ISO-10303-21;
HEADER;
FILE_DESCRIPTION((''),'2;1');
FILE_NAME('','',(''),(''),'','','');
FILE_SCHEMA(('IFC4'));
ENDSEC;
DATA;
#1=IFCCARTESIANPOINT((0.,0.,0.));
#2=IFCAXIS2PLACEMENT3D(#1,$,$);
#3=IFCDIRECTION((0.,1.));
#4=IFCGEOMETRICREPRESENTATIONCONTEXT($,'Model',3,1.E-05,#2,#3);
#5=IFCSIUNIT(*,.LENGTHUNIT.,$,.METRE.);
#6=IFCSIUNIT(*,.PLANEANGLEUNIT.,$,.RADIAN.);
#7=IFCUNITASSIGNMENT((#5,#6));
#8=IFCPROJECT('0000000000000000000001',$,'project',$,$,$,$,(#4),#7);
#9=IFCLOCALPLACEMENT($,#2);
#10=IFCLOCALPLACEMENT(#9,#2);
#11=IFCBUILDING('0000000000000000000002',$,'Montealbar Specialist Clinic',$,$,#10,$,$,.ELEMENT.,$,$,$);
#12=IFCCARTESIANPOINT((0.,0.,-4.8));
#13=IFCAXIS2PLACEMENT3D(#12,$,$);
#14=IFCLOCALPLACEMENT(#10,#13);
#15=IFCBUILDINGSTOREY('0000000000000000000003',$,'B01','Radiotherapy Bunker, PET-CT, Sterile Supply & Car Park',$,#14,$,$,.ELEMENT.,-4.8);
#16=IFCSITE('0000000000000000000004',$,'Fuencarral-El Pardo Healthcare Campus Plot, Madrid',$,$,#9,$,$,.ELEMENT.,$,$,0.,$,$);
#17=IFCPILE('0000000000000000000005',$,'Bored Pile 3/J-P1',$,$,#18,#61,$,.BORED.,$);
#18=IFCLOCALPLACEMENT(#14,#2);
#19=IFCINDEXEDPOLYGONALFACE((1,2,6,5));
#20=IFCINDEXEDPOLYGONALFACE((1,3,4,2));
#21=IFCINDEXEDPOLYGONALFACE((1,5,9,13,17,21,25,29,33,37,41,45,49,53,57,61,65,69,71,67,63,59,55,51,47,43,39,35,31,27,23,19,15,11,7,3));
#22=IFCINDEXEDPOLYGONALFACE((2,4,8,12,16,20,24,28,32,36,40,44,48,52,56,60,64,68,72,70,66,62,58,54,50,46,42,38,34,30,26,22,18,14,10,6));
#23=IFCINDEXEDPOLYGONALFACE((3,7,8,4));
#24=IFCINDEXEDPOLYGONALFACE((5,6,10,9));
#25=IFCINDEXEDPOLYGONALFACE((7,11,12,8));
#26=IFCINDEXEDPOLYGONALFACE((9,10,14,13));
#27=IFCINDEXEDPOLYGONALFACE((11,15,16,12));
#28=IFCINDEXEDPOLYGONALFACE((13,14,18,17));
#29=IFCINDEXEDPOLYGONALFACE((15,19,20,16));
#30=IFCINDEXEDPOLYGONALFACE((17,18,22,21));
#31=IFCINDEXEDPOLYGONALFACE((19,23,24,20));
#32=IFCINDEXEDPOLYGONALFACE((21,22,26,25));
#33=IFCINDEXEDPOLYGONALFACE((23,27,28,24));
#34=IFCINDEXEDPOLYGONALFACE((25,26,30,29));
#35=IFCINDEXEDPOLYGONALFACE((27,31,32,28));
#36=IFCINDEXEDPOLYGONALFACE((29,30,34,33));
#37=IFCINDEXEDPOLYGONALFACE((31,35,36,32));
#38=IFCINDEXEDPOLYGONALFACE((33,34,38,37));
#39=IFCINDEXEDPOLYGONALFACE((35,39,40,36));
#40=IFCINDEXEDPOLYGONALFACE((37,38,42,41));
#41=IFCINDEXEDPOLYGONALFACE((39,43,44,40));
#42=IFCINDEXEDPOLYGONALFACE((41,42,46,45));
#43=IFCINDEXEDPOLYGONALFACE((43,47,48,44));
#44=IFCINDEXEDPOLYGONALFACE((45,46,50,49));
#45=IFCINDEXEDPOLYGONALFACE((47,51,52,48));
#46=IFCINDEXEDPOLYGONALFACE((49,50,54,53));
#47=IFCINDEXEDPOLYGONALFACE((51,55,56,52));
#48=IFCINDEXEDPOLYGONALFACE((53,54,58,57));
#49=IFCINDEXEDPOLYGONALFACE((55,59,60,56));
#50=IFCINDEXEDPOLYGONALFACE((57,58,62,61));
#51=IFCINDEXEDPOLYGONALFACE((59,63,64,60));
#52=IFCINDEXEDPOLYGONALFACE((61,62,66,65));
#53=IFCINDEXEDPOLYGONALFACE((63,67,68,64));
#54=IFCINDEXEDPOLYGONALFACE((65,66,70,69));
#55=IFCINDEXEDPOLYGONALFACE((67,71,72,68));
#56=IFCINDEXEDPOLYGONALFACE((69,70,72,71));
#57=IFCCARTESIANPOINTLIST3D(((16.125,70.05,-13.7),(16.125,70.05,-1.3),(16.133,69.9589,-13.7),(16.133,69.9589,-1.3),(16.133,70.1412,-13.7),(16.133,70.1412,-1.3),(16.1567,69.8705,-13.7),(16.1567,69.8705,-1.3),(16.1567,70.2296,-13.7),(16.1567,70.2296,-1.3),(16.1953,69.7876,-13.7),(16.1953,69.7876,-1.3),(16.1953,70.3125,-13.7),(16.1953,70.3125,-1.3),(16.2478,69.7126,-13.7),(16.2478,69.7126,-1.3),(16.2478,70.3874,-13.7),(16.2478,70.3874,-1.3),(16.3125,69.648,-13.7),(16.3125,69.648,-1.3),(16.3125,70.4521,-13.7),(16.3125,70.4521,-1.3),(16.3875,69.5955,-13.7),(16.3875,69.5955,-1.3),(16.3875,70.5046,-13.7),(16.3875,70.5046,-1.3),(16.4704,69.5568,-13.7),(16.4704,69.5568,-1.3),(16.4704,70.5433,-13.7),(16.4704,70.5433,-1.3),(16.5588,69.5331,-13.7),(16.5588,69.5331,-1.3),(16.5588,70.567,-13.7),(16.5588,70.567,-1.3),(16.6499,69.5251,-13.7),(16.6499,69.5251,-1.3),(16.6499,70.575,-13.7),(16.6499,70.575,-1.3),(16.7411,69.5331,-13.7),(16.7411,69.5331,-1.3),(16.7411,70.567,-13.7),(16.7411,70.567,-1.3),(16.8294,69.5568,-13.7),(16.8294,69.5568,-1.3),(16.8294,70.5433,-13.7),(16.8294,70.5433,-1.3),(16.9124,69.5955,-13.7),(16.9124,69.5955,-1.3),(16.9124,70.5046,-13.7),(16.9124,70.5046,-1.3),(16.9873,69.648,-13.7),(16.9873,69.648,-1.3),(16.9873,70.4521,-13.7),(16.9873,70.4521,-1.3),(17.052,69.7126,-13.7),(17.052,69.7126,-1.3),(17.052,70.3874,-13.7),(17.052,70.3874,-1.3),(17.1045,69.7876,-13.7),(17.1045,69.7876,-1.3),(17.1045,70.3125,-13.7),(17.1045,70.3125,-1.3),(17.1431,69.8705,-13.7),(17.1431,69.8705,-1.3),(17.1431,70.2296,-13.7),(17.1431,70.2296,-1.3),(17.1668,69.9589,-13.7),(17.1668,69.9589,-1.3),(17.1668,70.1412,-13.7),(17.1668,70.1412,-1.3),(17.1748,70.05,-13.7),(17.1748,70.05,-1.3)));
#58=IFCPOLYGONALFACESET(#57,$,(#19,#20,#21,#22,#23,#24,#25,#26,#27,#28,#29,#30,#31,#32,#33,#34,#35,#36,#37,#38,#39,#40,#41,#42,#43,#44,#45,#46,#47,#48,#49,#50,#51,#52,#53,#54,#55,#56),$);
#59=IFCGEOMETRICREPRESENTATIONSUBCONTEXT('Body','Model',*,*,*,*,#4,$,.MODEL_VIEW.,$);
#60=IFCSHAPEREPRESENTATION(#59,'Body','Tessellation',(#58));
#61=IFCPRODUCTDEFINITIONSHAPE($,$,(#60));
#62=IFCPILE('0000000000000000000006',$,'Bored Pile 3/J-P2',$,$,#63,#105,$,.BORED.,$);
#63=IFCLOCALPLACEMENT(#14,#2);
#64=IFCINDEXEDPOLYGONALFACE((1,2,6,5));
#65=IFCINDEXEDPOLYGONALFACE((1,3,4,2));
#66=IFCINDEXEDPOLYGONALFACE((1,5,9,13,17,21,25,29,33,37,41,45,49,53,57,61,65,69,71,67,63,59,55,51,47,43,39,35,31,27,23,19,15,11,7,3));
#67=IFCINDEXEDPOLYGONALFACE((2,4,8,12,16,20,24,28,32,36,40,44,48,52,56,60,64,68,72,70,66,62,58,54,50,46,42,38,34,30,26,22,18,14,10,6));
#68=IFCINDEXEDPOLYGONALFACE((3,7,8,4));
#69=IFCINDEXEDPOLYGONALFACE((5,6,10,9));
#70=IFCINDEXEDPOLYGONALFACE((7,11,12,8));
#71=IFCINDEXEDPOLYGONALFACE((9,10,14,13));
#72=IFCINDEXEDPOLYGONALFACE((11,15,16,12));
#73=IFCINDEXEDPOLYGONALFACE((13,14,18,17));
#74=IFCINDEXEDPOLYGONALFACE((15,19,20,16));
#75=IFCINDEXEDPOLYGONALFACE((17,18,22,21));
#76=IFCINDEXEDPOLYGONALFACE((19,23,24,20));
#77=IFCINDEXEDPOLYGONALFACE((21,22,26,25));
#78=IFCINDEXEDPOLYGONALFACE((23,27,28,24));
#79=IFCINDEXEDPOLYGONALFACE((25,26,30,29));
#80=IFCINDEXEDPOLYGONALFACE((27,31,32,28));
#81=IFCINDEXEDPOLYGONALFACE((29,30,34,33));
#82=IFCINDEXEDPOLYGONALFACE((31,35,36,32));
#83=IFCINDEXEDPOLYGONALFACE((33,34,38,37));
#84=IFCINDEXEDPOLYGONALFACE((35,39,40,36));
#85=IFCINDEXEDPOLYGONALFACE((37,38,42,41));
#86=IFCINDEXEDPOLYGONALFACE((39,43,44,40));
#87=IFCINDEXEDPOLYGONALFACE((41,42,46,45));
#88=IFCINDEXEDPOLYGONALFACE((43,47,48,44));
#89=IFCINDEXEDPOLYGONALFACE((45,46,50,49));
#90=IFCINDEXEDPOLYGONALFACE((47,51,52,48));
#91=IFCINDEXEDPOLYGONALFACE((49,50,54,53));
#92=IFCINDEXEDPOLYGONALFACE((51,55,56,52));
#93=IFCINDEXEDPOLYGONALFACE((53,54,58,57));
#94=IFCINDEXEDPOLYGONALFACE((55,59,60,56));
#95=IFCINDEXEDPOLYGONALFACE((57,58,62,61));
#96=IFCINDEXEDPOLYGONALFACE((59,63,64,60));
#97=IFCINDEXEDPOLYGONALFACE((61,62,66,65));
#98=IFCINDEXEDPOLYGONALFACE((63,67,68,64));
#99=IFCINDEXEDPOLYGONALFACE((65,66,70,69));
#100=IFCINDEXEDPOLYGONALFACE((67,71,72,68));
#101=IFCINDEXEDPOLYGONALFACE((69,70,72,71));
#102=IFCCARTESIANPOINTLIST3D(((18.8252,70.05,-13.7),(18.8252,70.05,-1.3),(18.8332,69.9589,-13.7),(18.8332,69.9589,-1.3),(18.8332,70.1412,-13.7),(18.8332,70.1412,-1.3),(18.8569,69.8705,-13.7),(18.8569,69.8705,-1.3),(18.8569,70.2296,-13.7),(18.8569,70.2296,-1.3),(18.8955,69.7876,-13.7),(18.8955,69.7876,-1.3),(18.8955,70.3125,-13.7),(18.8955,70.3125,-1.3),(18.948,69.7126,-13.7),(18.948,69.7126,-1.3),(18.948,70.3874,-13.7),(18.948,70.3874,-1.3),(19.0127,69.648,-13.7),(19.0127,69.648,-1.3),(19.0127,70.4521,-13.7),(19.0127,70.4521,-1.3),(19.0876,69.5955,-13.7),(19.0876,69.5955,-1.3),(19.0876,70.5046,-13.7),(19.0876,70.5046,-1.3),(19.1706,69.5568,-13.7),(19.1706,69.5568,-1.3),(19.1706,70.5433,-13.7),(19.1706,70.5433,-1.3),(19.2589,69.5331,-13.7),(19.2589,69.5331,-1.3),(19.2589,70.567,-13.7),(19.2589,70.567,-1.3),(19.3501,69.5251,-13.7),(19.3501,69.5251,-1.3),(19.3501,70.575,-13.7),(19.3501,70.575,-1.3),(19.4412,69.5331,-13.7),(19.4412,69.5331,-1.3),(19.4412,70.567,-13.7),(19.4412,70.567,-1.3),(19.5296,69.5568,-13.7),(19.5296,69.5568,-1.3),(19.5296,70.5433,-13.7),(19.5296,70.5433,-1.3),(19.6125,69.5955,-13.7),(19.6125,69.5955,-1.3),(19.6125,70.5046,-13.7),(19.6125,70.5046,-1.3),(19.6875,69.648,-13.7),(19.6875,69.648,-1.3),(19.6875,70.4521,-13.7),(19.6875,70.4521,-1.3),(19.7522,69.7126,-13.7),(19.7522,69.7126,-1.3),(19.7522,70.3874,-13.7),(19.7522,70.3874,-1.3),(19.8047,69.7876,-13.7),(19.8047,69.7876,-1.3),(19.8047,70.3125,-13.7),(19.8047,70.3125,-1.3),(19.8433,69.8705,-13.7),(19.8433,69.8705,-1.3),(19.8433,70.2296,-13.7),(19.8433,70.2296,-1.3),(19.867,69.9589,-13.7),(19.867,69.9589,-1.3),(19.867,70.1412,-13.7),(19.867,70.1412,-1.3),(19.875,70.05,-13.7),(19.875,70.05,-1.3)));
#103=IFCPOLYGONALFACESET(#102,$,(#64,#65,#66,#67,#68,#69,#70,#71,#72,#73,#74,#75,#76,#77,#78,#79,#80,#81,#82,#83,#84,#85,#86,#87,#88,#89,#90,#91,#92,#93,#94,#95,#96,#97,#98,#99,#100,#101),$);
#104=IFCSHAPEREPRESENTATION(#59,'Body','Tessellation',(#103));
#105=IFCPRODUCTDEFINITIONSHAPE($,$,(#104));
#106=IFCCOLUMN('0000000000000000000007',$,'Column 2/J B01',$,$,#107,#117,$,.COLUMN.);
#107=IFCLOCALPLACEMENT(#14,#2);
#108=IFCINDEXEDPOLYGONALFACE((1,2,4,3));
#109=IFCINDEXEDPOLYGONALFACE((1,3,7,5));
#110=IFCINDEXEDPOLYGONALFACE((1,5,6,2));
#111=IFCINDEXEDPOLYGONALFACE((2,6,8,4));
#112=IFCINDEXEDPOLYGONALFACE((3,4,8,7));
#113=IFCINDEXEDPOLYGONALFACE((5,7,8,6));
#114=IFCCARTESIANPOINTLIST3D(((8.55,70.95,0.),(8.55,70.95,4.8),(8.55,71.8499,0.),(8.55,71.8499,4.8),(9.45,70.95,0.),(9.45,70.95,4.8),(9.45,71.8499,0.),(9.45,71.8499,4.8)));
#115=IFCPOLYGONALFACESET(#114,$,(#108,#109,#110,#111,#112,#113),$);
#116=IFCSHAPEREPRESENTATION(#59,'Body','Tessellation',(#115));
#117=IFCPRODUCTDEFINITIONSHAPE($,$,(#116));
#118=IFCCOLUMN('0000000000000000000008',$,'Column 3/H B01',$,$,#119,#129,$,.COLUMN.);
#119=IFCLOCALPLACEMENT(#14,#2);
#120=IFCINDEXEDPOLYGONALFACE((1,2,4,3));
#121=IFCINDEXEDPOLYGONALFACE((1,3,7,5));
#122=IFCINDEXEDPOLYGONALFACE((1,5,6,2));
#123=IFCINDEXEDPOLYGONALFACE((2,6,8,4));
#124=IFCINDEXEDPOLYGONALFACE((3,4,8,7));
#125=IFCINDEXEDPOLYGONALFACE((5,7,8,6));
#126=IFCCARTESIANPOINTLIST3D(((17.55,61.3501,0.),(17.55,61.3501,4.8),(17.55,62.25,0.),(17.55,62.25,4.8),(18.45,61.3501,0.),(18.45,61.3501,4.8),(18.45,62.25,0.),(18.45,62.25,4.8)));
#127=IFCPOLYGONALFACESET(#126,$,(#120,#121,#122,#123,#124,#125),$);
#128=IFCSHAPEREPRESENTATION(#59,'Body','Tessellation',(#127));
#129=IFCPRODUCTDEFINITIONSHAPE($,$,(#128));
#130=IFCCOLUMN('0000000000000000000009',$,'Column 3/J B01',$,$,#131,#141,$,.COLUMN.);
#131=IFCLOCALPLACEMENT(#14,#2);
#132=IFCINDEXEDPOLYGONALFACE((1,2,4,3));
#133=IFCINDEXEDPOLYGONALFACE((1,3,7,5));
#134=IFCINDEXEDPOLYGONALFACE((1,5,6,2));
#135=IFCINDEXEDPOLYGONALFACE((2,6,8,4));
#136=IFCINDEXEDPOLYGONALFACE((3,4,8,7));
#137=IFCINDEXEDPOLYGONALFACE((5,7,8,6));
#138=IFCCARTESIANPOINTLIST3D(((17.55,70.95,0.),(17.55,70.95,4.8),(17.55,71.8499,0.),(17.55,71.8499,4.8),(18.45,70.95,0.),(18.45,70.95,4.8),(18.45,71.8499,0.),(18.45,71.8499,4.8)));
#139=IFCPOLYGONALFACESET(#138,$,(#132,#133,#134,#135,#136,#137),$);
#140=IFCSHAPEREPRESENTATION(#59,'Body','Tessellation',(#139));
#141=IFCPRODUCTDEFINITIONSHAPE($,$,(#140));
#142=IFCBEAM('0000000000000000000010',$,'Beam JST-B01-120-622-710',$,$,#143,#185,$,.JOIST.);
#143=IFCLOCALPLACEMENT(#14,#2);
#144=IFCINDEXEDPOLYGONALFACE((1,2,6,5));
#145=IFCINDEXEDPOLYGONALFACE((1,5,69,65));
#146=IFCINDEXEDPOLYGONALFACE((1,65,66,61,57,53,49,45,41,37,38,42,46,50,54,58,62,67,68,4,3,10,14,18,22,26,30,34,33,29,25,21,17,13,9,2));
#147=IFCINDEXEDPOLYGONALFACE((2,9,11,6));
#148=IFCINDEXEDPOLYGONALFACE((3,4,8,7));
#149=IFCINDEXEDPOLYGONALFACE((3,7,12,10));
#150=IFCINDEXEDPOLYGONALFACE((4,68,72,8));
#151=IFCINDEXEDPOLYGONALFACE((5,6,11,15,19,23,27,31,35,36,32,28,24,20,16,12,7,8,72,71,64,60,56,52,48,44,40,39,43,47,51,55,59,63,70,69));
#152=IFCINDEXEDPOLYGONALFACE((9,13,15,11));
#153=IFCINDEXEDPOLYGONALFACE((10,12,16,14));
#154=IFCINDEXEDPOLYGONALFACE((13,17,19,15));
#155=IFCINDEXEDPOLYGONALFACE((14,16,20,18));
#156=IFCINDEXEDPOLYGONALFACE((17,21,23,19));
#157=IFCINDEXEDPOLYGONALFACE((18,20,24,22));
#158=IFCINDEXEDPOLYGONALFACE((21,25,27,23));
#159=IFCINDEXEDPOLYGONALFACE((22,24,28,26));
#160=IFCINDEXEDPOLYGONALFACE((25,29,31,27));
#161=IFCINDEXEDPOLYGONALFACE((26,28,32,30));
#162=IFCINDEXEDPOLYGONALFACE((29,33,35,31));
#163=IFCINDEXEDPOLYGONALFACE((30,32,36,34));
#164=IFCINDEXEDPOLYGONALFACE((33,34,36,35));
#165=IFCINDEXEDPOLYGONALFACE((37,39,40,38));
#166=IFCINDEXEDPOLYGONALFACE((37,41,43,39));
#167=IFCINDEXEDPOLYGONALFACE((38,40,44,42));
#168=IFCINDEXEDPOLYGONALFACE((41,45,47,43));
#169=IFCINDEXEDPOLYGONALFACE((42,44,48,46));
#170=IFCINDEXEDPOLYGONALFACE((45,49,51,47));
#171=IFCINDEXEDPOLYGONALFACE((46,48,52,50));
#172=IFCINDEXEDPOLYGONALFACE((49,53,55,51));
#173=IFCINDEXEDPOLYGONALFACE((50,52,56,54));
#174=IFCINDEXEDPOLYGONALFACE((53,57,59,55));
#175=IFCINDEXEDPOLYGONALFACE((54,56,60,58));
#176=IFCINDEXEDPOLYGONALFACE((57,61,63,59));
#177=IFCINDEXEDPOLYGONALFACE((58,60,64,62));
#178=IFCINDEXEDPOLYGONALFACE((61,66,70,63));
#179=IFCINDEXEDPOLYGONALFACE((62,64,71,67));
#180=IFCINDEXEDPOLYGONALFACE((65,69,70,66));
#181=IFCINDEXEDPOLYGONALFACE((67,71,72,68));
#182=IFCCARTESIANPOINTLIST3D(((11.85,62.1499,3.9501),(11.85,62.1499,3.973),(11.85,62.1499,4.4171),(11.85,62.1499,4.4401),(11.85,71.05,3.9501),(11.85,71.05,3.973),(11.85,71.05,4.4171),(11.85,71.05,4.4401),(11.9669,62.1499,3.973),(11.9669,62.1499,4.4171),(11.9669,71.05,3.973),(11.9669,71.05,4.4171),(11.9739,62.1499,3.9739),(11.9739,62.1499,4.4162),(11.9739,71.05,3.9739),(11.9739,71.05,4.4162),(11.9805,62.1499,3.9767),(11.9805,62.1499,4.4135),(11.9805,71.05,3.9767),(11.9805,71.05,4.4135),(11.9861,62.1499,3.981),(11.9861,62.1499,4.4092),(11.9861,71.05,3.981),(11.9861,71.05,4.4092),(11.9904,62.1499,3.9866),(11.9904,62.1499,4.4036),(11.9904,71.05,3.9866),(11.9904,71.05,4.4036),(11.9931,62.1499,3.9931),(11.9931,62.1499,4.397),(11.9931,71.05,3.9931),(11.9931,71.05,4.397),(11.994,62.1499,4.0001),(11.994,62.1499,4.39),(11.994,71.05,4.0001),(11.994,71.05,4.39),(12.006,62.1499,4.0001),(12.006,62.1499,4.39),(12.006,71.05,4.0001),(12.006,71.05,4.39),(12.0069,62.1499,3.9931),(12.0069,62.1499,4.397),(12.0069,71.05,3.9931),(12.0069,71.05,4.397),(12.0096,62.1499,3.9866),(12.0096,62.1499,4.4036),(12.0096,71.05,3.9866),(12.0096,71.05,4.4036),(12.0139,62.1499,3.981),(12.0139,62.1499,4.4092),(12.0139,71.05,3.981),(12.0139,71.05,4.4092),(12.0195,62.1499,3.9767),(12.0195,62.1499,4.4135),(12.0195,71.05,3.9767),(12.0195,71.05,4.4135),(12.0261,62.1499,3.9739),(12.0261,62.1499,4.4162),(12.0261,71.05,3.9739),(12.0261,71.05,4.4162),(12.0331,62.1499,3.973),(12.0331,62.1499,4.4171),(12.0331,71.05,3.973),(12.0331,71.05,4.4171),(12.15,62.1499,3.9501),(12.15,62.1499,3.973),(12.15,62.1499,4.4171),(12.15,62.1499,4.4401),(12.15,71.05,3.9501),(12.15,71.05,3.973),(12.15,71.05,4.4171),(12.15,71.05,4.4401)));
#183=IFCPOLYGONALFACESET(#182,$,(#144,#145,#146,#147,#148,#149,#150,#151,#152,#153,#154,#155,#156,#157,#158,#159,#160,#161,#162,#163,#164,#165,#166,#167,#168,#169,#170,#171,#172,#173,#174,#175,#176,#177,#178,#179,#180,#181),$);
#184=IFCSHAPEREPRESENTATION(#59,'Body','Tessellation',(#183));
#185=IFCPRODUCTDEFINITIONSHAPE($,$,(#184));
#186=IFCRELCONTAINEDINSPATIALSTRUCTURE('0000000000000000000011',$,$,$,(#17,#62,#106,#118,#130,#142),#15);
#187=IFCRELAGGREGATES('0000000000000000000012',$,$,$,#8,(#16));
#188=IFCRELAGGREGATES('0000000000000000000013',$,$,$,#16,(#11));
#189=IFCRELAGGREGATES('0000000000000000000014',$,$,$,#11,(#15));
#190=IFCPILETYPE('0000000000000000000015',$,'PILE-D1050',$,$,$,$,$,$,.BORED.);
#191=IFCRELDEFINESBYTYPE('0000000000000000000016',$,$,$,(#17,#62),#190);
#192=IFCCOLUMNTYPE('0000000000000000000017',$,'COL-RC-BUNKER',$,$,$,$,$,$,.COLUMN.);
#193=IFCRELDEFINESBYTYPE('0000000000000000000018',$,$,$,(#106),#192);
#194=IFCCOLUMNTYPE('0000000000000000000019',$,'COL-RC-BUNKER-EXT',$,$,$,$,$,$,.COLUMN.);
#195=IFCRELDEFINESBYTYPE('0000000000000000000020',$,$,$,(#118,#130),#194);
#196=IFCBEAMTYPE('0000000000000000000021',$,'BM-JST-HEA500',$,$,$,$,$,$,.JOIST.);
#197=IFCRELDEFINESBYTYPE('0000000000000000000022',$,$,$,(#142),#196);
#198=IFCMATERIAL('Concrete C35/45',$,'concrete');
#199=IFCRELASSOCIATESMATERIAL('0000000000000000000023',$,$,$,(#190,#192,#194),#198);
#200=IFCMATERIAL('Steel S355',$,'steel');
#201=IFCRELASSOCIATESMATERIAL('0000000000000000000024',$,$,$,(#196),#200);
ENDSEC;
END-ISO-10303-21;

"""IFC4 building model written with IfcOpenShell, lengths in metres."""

from ifc_helpers import new_model, si_unit, direction, frame, origin, origin_2d, place, context, subcontext, project, spatial, rectangle, circle, i_section, extrude, material, material_profile, profile_set, type_object, element, save


model = new_model("IFC4")

# Units and contexts
model_context = context("Model", 3, precision=1e-05, world=origin(), true_north=direction((0.0, 1.0)))
body_context = subcontext(model_context, "Body", "Model", "MODEL_VIEW")
ifc_project = project(units=[si_unit("LENGTHUNIT", "METRE"), si_unit("PLANEANGLEUNIT", "RADIAN")], contexts=[model_context])

# Site, building, storey
site_placement = place(None, origin())
site = spatial("IfcSite", under=ifc_project, at=site_placement, Name="Fuencarral-El Pardo Healthcare Campus Plot, Madrid", CompositionType="ELEMENT", RefElevation=0.0)
building_placement = place(site_placement, origin())
building = spatial("IfcBuilding", under=site, at=building_placement, Name="Montealbar Specialist Clinic", CompositionType="ELEMENT")
storey_placement = place(building_placement, frame((0.0, 0.0, -4.8)))
storey = spatial("IfcBuildingStorey", under=building, at=storey_placement, Name="B01", Description="Radiotherapy Bunker, PET-CT, Sterile Supply & Car Park", CompositionType="ELEMENT", Elevation=-4.8)

# Shared definitions
ifc_material_1 = material(Name="Concrete C35/45", Category="concrete")

# Piles
ifc_material_profile_1 = material_profile(ifc_material_1, circle(Radius=0.5249, at=origin_2d()), Name="PILE D1050", Category="concrete")
ifc_profile_set_1 = profile_set([ifc_material_profile_1], Name="Concrete C35/45")
pile_type = type_object("IfcPileType", Name="PILE-D1050", PredefinedType="BORED", material=ifc_profile_set_1)
for number, where, z_axis, x_axis, name in (
    (1, (16.6499, 70.05, -1.3), (0.0, 0.0, -1.0), (1.0, 0.0, 0.0), "Bored Pile 3/J-P1"),
    (2, (19.3501, 70.05, -1.3), (0.0, 0.0, -1.0), (1.0, 0.0, 0.0), "Bored Pile 3/J-P2"),
):
    element("IfcPile", number, at=place(storey_placement, frame(where, z_axis=z_axis, x_axis=x_axis)), inside=storey, type_object=pile_type, Name=name, PredefinedType="BORED", context=body_context, shape_type="SweptSolid", body=[
        extrude(circle(Radius=0.5249, at=origin_2d()), origin(), (0.0, 0.0, 1.0), 12.3999),
    ])

# Columns
ifc_material_profile_2 = material_profile(ifc_material_1, rectangle(XDim=0.8999, YDim=0.8999, at=origin_2d()), Name="RC 900x900", Category="concrete")
ifc_profile_set_2 = profile_set([ifc_material_profile_2], Name="Concrete C35/45")
column_type_1 = type_object("IfcColumnType", Name="COL-RC-BUNKER", PredefinedType="COLUMN", material=ifc_profile_set_2)
column_placement = place(storey_placement, frame((9.0, 71.3999, 0.0), z_axis=(0.0, 0.0, 1.0), x_axis=(1.0, 0.0, 0.0)))
element("IfcColumn", 3, at=column_placement, inside=storey, type_object=column_type_1, Name="Column 2/J B01", PredefinedType="COLUMN", context=body_context, shape_type="SweptSolid", body=[
    extrude(rectangle(XDim=0.8999, YDim=0.8999, at=origin_2d()), origin(), (0.0, 0.0, 1.0), 4.8),
])
ifc_material_profile_3 = material_profile(ifc_material_1, rectangle(XDim=0.8999, YDim=0.8999, at=origin_2d()), Name="RC 900x900", Category="concrete")
ifc_profile_set_3 = profile_set([ifc_material_profile_3], Name="Concrete C35/45")
column_type_2 = type_object("IfcColumnType", Name="COL-RC-BUNKER-EXT", PredefinedType="COLUMN", material=ifc_profile_set_3)
for number, where, z_axis, x_axis, name in (
    (4, (18.0, 61.8, 0.0), (0.0, 0.0, 1.0), (1.0, 0.0, 0.0), "Column 3/H B01"),
    (5, (18.0, 71.3999, 0.0), (0.0, 0.0, 1.0), (1.0, 0.0, 0.0), "Column 3/J B01"),
):
    element("IfcColumn", number, at=place(storey_placement, frame(where, z_axis=z_axis, x_axis=x_axis)), inside=storey, type_object=column_type_2, Name=name, PredefinedType="COLUMN", context=body_context, shape_type="SweptSolid", body=[
        extrude(rectangle(XDim=0.8999, YDim=0.8999, at=origin_2d()), origin(), (0.0, 0.0, 1.0), 4.8),
    ])

# Beam
ifc_material_2 = material(Name="Steel S355", Category="steel")
ifc_material_profile_4 = material_profile(ifc_material_2, i_section(OverallWidth=0.3, OverallDepth=0.49, WebThickness=0.012, FlangeThickness=0.0229, FilletRadius=0.0271, at=origin_2d()), Name="HEA 500", Category="steel")
ifc_profile_set_4 = profile_set([ifc_material_profile_4], Name="Steel S355")
beam_type_1 = type_object("IfcBeamType", Name="BM-JST-HEA500", PredefinedType="JOIST", material=ifc_profile_set_4)
beam_1_placement = place(storey_placement, frame((12.0, 62.1499, 4.1951), z_axis=(0.0, 1.0, 0.0), x_axis=(-1.0, 0.0, 0.0)))
element("IfcBeam", 6, at=beam_1_placement, inside=storey, type_object=beam_type_1, Name="Beam JST-B01-120-622-710", PredefinedType="JOIST", context=body_context, shape_type="SweptSolid", body=[
    extrude(i_section(OverallWidth=0.3, OverallDepth=0.49, WebThickness=0.012, FlangeThickness=0.0229, FilletRadius=0.0271, at=origin_2d()), origin(), (0.0, 0.0, 1.0), 8.9001),
])

save(model, "model.ifc")
